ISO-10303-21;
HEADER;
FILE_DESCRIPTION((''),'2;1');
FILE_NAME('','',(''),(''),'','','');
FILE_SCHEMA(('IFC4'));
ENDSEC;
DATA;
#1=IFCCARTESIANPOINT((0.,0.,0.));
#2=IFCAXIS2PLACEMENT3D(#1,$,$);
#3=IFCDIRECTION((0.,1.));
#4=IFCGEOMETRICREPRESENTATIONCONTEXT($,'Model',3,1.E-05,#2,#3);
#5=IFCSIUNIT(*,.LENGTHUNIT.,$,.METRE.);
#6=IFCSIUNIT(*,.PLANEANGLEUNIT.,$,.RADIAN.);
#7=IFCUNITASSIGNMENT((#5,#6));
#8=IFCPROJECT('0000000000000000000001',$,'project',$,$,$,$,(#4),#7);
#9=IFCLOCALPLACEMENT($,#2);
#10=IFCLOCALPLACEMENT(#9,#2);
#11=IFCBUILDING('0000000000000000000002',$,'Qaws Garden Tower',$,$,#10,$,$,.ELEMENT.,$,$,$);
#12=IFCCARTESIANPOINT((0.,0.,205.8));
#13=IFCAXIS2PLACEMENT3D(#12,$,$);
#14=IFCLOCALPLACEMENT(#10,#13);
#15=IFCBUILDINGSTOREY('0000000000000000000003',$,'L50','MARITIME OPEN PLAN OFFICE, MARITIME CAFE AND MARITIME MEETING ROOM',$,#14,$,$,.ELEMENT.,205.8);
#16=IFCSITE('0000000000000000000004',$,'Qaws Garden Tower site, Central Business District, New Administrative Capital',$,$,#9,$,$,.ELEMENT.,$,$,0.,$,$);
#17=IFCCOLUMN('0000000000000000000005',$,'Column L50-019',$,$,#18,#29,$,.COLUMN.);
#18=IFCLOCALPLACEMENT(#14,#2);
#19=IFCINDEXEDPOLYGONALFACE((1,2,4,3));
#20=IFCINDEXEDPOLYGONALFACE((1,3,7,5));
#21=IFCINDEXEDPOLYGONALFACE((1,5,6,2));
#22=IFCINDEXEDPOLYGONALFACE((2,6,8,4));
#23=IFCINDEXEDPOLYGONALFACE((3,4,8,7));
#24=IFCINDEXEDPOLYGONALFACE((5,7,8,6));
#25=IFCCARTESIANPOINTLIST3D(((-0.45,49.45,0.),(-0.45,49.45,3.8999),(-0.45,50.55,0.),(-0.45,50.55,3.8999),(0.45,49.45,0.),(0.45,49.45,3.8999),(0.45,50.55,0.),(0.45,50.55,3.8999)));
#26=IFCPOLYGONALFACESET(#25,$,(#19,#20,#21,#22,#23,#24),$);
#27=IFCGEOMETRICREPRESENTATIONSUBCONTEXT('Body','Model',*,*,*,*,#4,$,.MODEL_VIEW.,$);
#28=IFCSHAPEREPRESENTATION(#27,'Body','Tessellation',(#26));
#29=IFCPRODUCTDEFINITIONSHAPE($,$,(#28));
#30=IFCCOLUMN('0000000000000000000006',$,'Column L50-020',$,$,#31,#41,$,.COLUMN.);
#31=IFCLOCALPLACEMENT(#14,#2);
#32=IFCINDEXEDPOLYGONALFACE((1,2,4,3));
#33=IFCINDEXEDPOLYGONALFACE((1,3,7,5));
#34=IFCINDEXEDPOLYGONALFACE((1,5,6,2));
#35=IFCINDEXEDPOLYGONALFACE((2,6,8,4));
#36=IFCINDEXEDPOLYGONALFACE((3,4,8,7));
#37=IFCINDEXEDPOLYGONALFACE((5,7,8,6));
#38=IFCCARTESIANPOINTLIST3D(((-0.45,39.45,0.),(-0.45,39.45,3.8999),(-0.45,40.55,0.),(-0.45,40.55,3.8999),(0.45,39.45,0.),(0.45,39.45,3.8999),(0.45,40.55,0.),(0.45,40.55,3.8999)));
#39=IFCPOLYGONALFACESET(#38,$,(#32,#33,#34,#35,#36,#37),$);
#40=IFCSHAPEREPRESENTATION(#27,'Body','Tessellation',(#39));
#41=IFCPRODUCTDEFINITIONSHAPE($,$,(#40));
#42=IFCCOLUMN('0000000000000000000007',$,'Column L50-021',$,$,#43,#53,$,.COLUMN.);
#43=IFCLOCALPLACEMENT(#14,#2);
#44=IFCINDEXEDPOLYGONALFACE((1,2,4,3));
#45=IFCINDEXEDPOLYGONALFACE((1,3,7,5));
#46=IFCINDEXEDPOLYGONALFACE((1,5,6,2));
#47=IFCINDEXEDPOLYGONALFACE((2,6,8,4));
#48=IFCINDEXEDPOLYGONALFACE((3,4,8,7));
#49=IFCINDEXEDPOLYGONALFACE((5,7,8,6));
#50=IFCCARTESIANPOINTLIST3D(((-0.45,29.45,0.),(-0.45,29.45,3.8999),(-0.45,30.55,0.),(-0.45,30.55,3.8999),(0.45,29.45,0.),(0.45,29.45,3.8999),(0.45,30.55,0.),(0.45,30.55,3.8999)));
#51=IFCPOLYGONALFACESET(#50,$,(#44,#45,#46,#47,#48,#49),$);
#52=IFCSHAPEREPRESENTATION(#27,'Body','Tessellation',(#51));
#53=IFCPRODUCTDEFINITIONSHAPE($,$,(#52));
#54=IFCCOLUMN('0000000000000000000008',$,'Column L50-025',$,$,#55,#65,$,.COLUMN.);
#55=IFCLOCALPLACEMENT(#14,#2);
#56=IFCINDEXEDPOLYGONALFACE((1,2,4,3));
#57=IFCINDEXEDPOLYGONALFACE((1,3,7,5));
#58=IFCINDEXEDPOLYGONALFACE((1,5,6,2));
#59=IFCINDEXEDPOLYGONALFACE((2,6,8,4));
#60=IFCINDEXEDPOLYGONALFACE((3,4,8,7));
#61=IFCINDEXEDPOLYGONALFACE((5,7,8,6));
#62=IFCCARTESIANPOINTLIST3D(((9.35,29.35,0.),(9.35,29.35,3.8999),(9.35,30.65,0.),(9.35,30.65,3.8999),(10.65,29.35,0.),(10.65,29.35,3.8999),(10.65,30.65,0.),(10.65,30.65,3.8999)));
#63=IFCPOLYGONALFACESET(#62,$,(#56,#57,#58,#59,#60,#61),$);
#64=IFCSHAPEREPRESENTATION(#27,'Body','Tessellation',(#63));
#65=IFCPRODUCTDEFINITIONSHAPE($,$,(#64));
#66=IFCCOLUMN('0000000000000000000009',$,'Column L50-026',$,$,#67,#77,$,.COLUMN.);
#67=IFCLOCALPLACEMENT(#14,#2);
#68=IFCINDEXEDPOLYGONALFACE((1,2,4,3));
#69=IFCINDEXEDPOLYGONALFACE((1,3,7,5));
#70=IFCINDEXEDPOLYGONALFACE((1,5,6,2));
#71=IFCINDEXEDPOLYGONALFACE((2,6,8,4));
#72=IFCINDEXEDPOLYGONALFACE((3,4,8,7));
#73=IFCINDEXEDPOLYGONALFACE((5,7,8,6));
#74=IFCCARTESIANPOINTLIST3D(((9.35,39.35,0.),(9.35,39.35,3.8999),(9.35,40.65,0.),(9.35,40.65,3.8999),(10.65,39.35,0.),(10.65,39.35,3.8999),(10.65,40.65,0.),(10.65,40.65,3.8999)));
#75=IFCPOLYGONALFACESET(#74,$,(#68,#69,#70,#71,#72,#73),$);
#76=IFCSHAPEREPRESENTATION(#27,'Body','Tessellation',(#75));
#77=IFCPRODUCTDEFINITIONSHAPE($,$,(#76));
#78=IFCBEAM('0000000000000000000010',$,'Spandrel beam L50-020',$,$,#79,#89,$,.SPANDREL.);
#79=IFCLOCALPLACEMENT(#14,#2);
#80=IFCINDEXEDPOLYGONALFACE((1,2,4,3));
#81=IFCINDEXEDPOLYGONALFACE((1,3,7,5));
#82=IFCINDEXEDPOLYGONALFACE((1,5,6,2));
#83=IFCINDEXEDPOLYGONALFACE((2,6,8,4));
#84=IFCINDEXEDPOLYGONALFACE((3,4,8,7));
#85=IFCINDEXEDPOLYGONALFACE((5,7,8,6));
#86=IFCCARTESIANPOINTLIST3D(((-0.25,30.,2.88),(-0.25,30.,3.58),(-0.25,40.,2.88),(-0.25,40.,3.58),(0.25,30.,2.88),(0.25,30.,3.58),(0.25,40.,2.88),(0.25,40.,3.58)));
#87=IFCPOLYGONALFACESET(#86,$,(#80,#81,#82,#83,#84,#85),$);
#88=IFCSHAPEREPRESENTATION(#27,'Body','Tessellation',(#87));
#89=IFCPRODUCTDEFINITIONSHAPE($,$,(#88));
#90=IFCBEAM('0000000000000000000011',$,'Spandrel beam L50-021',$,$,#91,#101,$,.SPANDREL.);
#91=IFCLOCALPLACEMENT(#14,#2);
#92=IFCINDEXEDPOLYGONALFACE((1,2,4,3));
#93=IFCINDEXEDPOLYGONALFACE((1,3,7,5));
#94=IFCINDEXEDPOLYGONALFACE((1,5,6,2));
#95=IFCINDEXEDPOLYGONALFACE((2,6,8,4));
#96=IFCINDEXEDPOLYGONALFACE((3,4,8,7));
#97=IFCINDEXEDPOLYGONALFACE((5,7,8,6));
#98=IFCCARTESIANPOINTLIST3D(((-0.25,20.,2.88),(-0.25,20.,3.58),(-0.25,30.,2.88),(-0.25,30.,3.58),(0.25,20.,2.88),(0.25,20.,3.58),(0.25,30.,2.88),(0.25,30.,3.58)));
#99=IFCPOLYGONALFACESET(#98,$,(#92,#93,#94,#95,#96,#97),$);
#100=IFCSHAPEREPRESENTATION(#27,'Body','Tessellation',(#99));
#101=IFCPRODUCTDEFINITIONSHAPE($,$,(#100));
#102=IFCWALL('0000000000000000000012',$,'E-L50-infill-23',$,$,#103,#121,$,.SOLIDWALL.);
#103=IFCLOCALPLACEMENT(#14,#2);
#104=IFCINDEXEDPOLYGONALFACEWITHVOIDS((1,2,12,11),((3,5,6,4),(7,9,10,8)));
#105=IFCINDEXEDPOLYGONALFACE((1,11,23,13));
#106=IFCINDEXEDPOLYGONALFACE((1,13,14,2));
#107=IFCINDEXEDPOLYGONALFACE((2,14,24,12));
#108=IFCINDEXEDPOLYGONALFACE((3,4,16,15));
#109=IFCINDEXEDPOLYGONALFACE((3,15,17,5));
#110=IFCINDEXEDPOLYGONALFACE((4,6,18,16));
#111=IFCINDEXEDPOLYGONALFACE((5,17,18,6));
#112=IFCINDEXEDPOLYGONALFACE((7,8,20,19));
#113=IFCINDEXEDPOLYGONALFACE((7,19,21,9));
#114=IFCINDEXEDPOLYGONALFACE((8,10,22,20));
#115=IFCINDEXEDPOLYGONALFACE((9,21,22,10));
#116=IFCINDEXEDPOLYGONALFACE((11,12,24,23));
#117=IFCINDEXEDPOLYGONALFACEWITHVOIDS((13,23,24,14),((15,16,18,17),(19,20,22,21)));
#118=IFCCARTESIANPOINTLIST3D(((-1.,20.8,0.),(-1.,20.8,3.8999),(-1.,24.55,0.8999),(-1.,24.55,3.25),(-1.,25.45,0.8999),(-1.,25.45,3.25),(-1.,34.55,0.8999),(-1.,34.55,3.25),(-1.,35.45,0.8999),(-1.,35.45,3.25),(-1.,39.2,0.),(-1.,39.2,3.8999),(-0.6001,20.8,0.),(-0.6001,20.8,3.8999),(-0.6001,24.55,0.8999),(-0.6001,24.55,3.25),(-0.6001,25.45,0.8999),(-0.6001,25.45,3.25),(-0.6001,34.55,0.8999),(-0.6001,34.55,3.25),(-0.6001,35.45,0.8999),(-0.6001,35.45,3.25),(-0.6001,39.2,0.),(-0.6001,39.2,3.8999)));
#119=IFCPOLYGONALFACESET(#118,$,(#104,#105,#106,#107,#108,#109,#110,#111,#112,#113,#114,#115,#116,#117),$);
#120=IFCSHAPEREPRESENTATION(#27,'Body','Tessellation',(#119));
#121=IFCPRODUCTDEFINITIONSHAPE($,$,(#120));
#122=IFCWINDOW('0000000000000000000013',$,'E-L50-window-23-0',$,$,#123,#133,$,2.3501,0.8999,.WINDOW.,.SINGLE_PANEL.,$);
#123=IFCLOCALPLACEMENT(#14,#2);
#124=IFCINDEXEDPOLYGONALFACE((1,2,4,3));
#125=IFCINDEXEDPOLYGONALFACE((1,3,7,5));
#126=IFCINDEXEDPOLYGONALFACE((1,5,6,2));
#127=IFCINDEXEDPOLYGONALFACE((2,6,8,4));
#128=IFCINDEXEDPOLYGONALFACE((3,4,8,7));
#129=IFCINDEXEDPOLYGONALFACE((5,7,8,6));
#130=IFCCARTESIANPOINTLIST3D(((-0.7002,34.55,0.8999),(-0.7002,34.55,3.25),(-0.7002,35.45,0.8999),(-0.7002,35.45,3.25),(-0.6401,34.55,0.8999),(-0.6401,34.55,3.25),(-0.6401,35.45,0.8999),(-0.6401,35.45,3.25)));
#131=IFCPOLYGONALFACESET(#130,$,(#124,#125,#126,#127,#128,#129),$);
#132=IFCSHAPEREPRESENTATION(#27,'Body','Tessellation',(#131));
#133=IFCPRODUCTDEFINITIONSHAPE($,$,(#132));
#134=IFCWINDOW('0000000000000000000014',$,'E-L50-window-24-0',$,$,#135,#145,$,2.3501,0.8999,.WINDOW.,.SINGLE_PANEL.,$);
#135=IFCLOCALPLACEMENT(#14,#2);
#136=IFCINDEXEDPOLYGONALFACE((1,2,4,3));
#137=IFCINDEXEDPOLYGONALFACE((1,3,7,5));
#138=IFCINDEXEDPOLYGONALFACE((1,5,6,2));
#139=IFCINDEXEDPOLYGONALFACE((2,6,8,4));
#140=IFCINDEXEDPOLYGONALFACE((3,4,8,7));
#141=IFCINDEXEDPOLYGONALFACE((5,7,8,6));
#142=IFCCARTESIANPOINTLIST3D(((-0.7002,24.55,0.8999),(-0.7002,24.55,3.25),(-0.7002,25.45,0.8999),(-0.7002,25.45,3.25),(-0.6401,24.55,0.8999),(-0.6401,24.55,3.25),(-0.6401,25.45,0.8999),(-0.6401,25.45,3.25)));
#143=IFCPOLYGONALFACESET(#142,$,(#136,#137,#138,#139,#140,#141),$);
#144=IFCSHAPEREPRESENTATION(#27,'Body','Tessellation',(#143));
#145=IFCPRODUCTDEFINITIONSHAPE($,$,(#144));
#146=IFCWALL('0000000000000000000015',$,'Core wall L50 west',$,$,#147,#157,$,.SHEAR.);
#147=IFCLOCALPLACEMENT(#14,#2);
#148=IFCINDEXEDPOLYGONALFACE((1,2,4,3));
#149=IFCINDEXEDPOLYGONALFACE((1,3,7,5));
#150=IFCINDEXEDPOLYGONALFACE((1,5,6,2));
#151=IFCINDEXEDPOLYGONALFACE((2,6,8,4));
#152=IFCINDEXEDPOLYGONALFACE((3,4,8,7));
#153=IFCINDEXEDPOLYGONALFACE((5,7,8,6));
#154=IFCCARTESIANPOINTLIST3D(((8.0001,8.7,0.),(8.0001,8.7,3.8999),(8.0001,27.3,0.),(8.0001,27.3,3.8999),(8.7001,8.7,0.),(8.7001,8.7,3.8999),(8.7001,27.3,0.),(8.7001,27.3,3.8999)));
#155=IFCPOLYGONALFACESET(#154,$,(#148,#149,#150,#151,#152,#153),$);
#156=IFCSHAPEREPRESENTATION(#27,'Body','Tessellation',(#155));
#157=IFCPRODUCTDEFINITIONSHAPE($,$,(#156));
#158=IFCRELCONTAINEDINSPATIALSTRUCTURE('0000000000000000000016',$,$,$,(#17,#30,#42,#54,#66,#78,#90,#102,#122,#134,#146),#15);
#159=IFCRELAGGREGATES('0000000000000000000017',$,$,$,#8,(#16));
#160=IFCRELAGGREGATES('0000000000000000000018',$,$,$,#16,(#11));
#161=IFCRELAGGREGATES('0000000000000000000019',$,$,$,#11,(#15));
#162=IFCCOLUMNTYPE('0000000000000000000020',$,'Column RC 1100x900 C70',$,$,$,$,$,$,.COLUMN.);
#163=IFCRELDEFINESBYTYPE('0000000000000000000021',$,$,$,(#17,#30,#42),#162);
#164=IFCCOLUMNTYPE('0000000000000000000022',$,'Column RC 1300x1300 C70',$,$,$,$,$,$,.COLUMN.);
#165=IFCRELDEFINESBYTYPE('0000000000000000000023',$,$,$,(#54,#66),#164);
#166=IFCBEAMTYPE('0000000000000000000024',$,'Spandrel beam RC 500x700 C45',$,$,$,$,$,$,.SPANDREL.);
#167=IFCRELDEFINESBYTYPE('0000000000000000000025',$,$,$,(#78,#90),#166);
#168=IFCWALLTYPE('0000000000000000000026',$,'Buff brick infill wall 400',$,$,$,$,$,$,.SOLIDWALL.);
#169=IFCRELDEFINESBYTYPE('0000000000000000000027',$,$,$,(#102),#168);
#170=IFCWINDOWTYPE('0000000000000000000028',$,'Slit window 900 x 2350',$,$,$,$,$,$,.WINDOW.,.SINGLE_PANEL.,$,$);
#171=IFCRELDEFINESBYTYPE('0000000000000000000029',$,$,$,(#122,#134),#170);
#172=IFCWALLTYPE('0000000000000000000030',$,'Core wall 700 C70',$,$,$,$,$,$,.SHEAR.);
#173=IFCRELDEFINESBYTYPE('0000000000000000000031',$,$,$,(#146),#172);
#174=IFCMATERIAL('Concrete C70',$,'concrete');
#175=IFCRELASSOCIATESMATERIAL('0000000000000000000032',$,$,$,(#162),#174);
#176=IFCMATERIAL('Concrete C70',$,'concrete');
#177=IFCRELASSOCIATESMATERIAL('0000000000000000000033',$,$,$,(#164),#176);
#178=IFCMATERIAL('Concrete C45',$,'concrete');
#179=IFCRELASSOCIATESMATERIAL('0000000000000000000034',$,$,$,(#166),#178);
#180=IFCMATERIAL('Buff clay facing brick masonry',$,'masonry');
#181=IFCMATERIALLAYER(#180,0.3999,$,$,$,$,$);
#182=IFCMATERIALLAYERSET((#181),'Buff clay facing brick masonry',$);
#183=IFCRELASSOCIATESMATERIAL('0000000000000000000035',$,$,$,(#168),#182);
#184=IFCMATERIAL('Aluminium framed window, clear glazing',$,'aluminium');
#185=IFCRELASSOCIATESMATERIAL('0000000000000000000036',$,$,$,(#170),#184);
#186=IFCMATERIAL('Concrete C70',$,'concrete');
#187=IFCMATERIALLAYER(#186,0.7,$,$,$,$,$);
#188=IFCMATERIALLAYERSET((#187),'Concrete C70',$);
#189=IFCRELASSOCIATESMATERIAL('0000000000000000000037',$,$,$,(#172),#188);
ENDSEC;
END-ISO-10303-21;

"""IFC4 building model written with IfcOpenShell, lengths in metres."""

from ifc_helpers import new_model, si_unit, direction, frame, frame_2d, origin, origin_2d, place, context, subcontext, project, spatial, rectangle, extrude, material, layer, layer_set, material_profile, profile_set, type_object, element, fill, save


model = new_model("IFC4")

# Units and contexts
model_context = context("Model", 3, precision=1e-05, world=origin(), true_north=direction((0.0, 1.0)))
body_context = subcontext(model_context, "Body", "Model", "MODEL_VIEW")
ifc_project = project(units=[si_unit("LENGTHUNIT", "METRE"), si_unit("PLANEANGLEUNIT", "RADIAN")], contexts=[model_context])

# Site, building, storey
site_placement = place(None, origin())
site = spatial("IfcSite", under=ifc_project, at=site_placement, Name="Qaws Garden Tower site, Central Business District, New Administrative Capital", CompositionType="ELEMENT", RefElevation=0.0)
building_placement = place(site_placement, origin())
building = spatial("IfcBuilding", under=site, at=building_placement, Name="Qaws Garden Tower", CompositionType="ELEMENT")
storey_placement = place(building_placement, frame((0.0, 0.0, 205.8)))
storey = spatial("IfcBuildingStorey", under=building, at=storey_placement, Name="L50", Description="MARITIME OPEN PLAN OFFICE, MARITIME CAFE AND MARITIME MEETING ROOM", CompositionType="ELEMENT", Elevation=205.8)

# Columns
ifc_material_1 = material(Name="Concrete C70", Category="concrete")
ifc_material_profile_1 = material_profile(ifc_material_1, rectangle(XDim=1.1001, YDim=0.8999, at=origin_2d()), Name="RC 1100x900")
ifc_profile_set_1 = profile_set([ifc_material_profile_1], Name="Concrete C70")
column_type_1 = type_object("IfcColumnType", Name="Column RC 1100x900 C70", PredefinedType="COLUMN", material=ifc_profile_set_1)
for number, where, z_axis, x_axis, name in (
    (1, (0.0, 50.0, 0.0), (0.0, 0.0, 1.0), (0.0, 1.0, 0.0), "Column L50-019"),
    (2, (0.0, 40.0, 0.0), (0.0, 0.0, 1.0), (0.0, 1.0, 0.0), "Column L50-020"),
    (3, (0.0, 30.0, 0.0), (0.0, 0.0, 1.0), (0.0, 1.0, 0.0), "Column L50-021"),
):
    element("IfcColumn", number, at=place(storey_placement, frame(where, z_axis=z_axis, x_axis=x_axis)), inside=storey, type_object=column_type_1, Name=name, PredefinedType="COLUMN", context=body_context, shape_type="SweptSolid", body=[
        extrude(rectangle(XDim=1.1001, YDim=0.8999, at=origin_2d()), origin(), (0.0, 0.0, 1.0), 3.8999),
    ])
ifc_material_2 = material(Name="Concrete C70", Category="concrete")
ifc_material_profile_2 = material_profile(ifc_material_2, rectangle(XDim=1.3, YDim=1.3, at=origin_2d()), Name="RC 1300x1300")
ifc_profile_set_2 = profile_set([ifc_material_profile_2], Name="Concrete C70")
column_type_2 = type_object("IfcColumnType", Name="Column RC 1300x1300 C70", PredefinedType="COLUMN", material=ifc_profile_set_2)
for number, where, z_axis, x_axis, name in (
    (4, (10.0, 30.0, 0.0), (0.0, 0.0, 1.0), (1.0, 0.0, 0.0), "Column L50-025"),
    (5, (10.0, 40.0, 0.0), (0.0, 0.0, 1.0), (1.0, 0.0, 0.0), "Column L50-026"),
):
    element("IfcColumn", number, at=place(storey_placement, frame(where, z_axis=z_axis, x_axis=x_axis)), inside=storey, type_object=column_type_2, Name=name, PredefinedType="COLUMN", context=body_context, shape_type="SweptSolid", body=[
        extrude(rectangle(XDim=1.3, YDim=1.3, at=origin_2d()), origin(), (0.0, 0.0, 1.0), 3.8999),
    ])

# Beams
ifc_material_3 = material(Name="Concrete C45", Category="concrete")
ifc_material_profile_3 = material_profile(ifc_material_3, rectangle(XDim=0.5, YDim=0.7, at=origin_2d()), Name="RC 500x700")
ifc_profile_set_3 = profile_set([ifc_material_profile_3], Name="Concrete C45")
beam_type = type_object("IfcBeamType", Name="Spandrel beam RC 500x700 C45", PredefinedType="SPANDREL", material=ifc_profile_set_3)
for number, where, z_axis, x_axis, name in (
    (6, (0.0, 40.0, 3.23), (0.0, -1.0, 0.0), (1.0, 0.0, 0.0), "Spandrel beam L50-020"),
    (7, (0.0, 30.0, 3.23), (0.0, -1.0, 0.0), (1.0, 0.0, 0.0), "Spandrel beam L50-021"),
):
    element("IfcBeam", number, at=place(storey_placement, frame(where, z_axis=z_axis, x_axis=x_axis)), inside=storey, type_object=beam_type, Name=name, PredefinedType="SPANDREL", context=body_context, shape_type="SweptSolid", body=[
        extrude(rectangle(XDim=0.5, YDim=0.7, at=origin_2d()), origin(), (0.0, 0.0, 1.0), 10.0),
    ])

# Wall, openings, windows
ifc_material_4 = material(Name="Buff clay facing brick masonry", Category="masonry")
ifc_layer_1 = layer(ifc_material_4, 0.3999)
ifc_layer_set_1 = layer_set([ifc_layer_1], Name="Buff clay facing brick masonry")
wall_type_1 = type_object("IfcWallType", Name="Buff brick infill wall 400", PredefinedType="SOLIDWALL", material=ifc_layer_set_1)
wall_1_placement = place(storey_placement, frame((-0.8, 39.2, 0.0), z_axis=(0.0, 0.0, 1.0), x_axis=(0.0, -1.0, 0.0)))
wall_1 = element("IfcWall", 8, at=wall_1_placement, inside=storey, type_object=wall_type_1, Name="E-L50-infill-23", PredefinedType="SOLIDWALL", context=body_context, shape_type="SweptSolid", body=[
    extrude(rectangle(XDim=18.3999, YDim=0.3999, at=frame_2d((9.2, 0.0))), origin(), (0.0, 0.0, 1.0), 3.8999),
])
opening_1_placement = place(wall_1_placement, frame((3.75, 0.0, 0.8999)))
opening_1 = element("IfcOpeningElement", 9, at=opening_1_placement, cuts=wall_1, PredefinedType="OPENING", context=body_context, shape_type="SweptSolid", body=[
    extrude(rectangle(XDim=0.8999, YDim=2.3501, at=frame_2d((0.45, 1.175))), frame((0.0, 0.21, 0.0), z_axis=(0.0, -1.0, 0.0), x_axis=(1.0, 0.0, 0.0)), (0.0, 0.0, 1.0), 0.4199),
])
opening_2_placement = place(wall_1_placement, frame((13.75, 0.0, 0.8999)))
opening_2 = element("IfcOpeningElement", 10, at=opening_2_placement, cuts=wall_1, PredefinedType="OPENING", context=body_context, shape_type="SweptSolid", body=[
    extrude(rectangle(XDim=0.8999, YDim=2.3501, at=frame_2d((0.45, 1.175))), frame((0.0, 0.21, 0.0), z_axis=(0.0, -1.0, 0.0), x_axis=(1.0, 0.0, 0.0)), (0.0, 0.0, 1.0), 0.4199),
])
ifc_material_5 = material(Name="Aluminium framed window, clear glazing", Category="aluminium")
window_type = type_object("IfcWindowType", Name="Slit window 900 x 2350", PartitioningType="SINGLE_PANEL", PredefinedType="WINDOW", material=ifc_material_5)
window_1_placement = place(opening_1_placement, origin())
window_1 = element("IfcWindow", 11, at=window_1_placement, inside=storey, type_object=window_type, Name="E-L50-window-23-0", OverallHeight=2.3501, OverallWidth=0.8999, PartitioningType="SINGLE_PANEL", PredefinedType="WINDOW", context=body_context, shape_type="SweptSolid", body=[
    extrude(rectangle(XDim=0.8999, YDim=2.3501, at=frame_2d((0.45, 1.175))), frame((0.0, 0.1599, 0.0), z_axis=(0.0, -1.0, 0.0), x_axis=(1.0, 0.0, 0.0)), (0.0, 0.0, 1.0), 0.0601),
])
fill(opening_1, window_1)
window_2_placement = place(opening_2_placement, origin())
window_2 = element("IfcWindow", 12, at=window_2_placement, inside=storey, type_object=window_type, Name="E-L50-window-24-0", OverallHeight=2.3501, OverallWidth=0.8999, PartitioningType="SINGLE_PANEL", PredefinedType="WINDOW", context=body_context, shape_type="SweptSolid", body=[
    extrude(rectangle(XDim=0.8999, YDim=2.3501, at=frame_2d((0.45, 1.175))), frame((0.0, 0.1599, 0.0), z_axis=(0.0, -1.0, 0.0), x_axis=(1.0, 0.0, 0.0)), (0.0, 0.0, 1.0), 0.0601),
])
fill(opening_2, window_2)

# Wall
ifc_material_6 = material(Name="Concrete C70", Category="concrete")
ifc_layer_2 = layer(ifc_material_6, 0.7)
ifc_layer_set_2 = layer_set([ifc_layer_2], Name="Concrete C70")
wall_type_2 = type_object("IfcWallType", Name="Core wall 700 C70", PredefinedType="SHEAR", material=ifc_layer_set_2)
wall_2_placement = place(storey_placement, frame((8.3501, 27.3, 0.0), z_axis=(0.0, 0.0, 1.0), x_axis=(0.0, -1.0, 0.0)))
element("IfcWall", 13, at=wall_2_placement, inside=storey, type_object=wall_type_2, Name="Core wall L50 west", PredefinedType="SHEAR", context=body_context, shape_type="SweptSolid", body=[
    extrude(rectangle(XDim=18.6001, YDim=0.7, at=frame_2d((9.3, 0.0))), origin(), (0.0, 0.0, 1.0), 3.8999),
])

save(model, "model.ifc")
